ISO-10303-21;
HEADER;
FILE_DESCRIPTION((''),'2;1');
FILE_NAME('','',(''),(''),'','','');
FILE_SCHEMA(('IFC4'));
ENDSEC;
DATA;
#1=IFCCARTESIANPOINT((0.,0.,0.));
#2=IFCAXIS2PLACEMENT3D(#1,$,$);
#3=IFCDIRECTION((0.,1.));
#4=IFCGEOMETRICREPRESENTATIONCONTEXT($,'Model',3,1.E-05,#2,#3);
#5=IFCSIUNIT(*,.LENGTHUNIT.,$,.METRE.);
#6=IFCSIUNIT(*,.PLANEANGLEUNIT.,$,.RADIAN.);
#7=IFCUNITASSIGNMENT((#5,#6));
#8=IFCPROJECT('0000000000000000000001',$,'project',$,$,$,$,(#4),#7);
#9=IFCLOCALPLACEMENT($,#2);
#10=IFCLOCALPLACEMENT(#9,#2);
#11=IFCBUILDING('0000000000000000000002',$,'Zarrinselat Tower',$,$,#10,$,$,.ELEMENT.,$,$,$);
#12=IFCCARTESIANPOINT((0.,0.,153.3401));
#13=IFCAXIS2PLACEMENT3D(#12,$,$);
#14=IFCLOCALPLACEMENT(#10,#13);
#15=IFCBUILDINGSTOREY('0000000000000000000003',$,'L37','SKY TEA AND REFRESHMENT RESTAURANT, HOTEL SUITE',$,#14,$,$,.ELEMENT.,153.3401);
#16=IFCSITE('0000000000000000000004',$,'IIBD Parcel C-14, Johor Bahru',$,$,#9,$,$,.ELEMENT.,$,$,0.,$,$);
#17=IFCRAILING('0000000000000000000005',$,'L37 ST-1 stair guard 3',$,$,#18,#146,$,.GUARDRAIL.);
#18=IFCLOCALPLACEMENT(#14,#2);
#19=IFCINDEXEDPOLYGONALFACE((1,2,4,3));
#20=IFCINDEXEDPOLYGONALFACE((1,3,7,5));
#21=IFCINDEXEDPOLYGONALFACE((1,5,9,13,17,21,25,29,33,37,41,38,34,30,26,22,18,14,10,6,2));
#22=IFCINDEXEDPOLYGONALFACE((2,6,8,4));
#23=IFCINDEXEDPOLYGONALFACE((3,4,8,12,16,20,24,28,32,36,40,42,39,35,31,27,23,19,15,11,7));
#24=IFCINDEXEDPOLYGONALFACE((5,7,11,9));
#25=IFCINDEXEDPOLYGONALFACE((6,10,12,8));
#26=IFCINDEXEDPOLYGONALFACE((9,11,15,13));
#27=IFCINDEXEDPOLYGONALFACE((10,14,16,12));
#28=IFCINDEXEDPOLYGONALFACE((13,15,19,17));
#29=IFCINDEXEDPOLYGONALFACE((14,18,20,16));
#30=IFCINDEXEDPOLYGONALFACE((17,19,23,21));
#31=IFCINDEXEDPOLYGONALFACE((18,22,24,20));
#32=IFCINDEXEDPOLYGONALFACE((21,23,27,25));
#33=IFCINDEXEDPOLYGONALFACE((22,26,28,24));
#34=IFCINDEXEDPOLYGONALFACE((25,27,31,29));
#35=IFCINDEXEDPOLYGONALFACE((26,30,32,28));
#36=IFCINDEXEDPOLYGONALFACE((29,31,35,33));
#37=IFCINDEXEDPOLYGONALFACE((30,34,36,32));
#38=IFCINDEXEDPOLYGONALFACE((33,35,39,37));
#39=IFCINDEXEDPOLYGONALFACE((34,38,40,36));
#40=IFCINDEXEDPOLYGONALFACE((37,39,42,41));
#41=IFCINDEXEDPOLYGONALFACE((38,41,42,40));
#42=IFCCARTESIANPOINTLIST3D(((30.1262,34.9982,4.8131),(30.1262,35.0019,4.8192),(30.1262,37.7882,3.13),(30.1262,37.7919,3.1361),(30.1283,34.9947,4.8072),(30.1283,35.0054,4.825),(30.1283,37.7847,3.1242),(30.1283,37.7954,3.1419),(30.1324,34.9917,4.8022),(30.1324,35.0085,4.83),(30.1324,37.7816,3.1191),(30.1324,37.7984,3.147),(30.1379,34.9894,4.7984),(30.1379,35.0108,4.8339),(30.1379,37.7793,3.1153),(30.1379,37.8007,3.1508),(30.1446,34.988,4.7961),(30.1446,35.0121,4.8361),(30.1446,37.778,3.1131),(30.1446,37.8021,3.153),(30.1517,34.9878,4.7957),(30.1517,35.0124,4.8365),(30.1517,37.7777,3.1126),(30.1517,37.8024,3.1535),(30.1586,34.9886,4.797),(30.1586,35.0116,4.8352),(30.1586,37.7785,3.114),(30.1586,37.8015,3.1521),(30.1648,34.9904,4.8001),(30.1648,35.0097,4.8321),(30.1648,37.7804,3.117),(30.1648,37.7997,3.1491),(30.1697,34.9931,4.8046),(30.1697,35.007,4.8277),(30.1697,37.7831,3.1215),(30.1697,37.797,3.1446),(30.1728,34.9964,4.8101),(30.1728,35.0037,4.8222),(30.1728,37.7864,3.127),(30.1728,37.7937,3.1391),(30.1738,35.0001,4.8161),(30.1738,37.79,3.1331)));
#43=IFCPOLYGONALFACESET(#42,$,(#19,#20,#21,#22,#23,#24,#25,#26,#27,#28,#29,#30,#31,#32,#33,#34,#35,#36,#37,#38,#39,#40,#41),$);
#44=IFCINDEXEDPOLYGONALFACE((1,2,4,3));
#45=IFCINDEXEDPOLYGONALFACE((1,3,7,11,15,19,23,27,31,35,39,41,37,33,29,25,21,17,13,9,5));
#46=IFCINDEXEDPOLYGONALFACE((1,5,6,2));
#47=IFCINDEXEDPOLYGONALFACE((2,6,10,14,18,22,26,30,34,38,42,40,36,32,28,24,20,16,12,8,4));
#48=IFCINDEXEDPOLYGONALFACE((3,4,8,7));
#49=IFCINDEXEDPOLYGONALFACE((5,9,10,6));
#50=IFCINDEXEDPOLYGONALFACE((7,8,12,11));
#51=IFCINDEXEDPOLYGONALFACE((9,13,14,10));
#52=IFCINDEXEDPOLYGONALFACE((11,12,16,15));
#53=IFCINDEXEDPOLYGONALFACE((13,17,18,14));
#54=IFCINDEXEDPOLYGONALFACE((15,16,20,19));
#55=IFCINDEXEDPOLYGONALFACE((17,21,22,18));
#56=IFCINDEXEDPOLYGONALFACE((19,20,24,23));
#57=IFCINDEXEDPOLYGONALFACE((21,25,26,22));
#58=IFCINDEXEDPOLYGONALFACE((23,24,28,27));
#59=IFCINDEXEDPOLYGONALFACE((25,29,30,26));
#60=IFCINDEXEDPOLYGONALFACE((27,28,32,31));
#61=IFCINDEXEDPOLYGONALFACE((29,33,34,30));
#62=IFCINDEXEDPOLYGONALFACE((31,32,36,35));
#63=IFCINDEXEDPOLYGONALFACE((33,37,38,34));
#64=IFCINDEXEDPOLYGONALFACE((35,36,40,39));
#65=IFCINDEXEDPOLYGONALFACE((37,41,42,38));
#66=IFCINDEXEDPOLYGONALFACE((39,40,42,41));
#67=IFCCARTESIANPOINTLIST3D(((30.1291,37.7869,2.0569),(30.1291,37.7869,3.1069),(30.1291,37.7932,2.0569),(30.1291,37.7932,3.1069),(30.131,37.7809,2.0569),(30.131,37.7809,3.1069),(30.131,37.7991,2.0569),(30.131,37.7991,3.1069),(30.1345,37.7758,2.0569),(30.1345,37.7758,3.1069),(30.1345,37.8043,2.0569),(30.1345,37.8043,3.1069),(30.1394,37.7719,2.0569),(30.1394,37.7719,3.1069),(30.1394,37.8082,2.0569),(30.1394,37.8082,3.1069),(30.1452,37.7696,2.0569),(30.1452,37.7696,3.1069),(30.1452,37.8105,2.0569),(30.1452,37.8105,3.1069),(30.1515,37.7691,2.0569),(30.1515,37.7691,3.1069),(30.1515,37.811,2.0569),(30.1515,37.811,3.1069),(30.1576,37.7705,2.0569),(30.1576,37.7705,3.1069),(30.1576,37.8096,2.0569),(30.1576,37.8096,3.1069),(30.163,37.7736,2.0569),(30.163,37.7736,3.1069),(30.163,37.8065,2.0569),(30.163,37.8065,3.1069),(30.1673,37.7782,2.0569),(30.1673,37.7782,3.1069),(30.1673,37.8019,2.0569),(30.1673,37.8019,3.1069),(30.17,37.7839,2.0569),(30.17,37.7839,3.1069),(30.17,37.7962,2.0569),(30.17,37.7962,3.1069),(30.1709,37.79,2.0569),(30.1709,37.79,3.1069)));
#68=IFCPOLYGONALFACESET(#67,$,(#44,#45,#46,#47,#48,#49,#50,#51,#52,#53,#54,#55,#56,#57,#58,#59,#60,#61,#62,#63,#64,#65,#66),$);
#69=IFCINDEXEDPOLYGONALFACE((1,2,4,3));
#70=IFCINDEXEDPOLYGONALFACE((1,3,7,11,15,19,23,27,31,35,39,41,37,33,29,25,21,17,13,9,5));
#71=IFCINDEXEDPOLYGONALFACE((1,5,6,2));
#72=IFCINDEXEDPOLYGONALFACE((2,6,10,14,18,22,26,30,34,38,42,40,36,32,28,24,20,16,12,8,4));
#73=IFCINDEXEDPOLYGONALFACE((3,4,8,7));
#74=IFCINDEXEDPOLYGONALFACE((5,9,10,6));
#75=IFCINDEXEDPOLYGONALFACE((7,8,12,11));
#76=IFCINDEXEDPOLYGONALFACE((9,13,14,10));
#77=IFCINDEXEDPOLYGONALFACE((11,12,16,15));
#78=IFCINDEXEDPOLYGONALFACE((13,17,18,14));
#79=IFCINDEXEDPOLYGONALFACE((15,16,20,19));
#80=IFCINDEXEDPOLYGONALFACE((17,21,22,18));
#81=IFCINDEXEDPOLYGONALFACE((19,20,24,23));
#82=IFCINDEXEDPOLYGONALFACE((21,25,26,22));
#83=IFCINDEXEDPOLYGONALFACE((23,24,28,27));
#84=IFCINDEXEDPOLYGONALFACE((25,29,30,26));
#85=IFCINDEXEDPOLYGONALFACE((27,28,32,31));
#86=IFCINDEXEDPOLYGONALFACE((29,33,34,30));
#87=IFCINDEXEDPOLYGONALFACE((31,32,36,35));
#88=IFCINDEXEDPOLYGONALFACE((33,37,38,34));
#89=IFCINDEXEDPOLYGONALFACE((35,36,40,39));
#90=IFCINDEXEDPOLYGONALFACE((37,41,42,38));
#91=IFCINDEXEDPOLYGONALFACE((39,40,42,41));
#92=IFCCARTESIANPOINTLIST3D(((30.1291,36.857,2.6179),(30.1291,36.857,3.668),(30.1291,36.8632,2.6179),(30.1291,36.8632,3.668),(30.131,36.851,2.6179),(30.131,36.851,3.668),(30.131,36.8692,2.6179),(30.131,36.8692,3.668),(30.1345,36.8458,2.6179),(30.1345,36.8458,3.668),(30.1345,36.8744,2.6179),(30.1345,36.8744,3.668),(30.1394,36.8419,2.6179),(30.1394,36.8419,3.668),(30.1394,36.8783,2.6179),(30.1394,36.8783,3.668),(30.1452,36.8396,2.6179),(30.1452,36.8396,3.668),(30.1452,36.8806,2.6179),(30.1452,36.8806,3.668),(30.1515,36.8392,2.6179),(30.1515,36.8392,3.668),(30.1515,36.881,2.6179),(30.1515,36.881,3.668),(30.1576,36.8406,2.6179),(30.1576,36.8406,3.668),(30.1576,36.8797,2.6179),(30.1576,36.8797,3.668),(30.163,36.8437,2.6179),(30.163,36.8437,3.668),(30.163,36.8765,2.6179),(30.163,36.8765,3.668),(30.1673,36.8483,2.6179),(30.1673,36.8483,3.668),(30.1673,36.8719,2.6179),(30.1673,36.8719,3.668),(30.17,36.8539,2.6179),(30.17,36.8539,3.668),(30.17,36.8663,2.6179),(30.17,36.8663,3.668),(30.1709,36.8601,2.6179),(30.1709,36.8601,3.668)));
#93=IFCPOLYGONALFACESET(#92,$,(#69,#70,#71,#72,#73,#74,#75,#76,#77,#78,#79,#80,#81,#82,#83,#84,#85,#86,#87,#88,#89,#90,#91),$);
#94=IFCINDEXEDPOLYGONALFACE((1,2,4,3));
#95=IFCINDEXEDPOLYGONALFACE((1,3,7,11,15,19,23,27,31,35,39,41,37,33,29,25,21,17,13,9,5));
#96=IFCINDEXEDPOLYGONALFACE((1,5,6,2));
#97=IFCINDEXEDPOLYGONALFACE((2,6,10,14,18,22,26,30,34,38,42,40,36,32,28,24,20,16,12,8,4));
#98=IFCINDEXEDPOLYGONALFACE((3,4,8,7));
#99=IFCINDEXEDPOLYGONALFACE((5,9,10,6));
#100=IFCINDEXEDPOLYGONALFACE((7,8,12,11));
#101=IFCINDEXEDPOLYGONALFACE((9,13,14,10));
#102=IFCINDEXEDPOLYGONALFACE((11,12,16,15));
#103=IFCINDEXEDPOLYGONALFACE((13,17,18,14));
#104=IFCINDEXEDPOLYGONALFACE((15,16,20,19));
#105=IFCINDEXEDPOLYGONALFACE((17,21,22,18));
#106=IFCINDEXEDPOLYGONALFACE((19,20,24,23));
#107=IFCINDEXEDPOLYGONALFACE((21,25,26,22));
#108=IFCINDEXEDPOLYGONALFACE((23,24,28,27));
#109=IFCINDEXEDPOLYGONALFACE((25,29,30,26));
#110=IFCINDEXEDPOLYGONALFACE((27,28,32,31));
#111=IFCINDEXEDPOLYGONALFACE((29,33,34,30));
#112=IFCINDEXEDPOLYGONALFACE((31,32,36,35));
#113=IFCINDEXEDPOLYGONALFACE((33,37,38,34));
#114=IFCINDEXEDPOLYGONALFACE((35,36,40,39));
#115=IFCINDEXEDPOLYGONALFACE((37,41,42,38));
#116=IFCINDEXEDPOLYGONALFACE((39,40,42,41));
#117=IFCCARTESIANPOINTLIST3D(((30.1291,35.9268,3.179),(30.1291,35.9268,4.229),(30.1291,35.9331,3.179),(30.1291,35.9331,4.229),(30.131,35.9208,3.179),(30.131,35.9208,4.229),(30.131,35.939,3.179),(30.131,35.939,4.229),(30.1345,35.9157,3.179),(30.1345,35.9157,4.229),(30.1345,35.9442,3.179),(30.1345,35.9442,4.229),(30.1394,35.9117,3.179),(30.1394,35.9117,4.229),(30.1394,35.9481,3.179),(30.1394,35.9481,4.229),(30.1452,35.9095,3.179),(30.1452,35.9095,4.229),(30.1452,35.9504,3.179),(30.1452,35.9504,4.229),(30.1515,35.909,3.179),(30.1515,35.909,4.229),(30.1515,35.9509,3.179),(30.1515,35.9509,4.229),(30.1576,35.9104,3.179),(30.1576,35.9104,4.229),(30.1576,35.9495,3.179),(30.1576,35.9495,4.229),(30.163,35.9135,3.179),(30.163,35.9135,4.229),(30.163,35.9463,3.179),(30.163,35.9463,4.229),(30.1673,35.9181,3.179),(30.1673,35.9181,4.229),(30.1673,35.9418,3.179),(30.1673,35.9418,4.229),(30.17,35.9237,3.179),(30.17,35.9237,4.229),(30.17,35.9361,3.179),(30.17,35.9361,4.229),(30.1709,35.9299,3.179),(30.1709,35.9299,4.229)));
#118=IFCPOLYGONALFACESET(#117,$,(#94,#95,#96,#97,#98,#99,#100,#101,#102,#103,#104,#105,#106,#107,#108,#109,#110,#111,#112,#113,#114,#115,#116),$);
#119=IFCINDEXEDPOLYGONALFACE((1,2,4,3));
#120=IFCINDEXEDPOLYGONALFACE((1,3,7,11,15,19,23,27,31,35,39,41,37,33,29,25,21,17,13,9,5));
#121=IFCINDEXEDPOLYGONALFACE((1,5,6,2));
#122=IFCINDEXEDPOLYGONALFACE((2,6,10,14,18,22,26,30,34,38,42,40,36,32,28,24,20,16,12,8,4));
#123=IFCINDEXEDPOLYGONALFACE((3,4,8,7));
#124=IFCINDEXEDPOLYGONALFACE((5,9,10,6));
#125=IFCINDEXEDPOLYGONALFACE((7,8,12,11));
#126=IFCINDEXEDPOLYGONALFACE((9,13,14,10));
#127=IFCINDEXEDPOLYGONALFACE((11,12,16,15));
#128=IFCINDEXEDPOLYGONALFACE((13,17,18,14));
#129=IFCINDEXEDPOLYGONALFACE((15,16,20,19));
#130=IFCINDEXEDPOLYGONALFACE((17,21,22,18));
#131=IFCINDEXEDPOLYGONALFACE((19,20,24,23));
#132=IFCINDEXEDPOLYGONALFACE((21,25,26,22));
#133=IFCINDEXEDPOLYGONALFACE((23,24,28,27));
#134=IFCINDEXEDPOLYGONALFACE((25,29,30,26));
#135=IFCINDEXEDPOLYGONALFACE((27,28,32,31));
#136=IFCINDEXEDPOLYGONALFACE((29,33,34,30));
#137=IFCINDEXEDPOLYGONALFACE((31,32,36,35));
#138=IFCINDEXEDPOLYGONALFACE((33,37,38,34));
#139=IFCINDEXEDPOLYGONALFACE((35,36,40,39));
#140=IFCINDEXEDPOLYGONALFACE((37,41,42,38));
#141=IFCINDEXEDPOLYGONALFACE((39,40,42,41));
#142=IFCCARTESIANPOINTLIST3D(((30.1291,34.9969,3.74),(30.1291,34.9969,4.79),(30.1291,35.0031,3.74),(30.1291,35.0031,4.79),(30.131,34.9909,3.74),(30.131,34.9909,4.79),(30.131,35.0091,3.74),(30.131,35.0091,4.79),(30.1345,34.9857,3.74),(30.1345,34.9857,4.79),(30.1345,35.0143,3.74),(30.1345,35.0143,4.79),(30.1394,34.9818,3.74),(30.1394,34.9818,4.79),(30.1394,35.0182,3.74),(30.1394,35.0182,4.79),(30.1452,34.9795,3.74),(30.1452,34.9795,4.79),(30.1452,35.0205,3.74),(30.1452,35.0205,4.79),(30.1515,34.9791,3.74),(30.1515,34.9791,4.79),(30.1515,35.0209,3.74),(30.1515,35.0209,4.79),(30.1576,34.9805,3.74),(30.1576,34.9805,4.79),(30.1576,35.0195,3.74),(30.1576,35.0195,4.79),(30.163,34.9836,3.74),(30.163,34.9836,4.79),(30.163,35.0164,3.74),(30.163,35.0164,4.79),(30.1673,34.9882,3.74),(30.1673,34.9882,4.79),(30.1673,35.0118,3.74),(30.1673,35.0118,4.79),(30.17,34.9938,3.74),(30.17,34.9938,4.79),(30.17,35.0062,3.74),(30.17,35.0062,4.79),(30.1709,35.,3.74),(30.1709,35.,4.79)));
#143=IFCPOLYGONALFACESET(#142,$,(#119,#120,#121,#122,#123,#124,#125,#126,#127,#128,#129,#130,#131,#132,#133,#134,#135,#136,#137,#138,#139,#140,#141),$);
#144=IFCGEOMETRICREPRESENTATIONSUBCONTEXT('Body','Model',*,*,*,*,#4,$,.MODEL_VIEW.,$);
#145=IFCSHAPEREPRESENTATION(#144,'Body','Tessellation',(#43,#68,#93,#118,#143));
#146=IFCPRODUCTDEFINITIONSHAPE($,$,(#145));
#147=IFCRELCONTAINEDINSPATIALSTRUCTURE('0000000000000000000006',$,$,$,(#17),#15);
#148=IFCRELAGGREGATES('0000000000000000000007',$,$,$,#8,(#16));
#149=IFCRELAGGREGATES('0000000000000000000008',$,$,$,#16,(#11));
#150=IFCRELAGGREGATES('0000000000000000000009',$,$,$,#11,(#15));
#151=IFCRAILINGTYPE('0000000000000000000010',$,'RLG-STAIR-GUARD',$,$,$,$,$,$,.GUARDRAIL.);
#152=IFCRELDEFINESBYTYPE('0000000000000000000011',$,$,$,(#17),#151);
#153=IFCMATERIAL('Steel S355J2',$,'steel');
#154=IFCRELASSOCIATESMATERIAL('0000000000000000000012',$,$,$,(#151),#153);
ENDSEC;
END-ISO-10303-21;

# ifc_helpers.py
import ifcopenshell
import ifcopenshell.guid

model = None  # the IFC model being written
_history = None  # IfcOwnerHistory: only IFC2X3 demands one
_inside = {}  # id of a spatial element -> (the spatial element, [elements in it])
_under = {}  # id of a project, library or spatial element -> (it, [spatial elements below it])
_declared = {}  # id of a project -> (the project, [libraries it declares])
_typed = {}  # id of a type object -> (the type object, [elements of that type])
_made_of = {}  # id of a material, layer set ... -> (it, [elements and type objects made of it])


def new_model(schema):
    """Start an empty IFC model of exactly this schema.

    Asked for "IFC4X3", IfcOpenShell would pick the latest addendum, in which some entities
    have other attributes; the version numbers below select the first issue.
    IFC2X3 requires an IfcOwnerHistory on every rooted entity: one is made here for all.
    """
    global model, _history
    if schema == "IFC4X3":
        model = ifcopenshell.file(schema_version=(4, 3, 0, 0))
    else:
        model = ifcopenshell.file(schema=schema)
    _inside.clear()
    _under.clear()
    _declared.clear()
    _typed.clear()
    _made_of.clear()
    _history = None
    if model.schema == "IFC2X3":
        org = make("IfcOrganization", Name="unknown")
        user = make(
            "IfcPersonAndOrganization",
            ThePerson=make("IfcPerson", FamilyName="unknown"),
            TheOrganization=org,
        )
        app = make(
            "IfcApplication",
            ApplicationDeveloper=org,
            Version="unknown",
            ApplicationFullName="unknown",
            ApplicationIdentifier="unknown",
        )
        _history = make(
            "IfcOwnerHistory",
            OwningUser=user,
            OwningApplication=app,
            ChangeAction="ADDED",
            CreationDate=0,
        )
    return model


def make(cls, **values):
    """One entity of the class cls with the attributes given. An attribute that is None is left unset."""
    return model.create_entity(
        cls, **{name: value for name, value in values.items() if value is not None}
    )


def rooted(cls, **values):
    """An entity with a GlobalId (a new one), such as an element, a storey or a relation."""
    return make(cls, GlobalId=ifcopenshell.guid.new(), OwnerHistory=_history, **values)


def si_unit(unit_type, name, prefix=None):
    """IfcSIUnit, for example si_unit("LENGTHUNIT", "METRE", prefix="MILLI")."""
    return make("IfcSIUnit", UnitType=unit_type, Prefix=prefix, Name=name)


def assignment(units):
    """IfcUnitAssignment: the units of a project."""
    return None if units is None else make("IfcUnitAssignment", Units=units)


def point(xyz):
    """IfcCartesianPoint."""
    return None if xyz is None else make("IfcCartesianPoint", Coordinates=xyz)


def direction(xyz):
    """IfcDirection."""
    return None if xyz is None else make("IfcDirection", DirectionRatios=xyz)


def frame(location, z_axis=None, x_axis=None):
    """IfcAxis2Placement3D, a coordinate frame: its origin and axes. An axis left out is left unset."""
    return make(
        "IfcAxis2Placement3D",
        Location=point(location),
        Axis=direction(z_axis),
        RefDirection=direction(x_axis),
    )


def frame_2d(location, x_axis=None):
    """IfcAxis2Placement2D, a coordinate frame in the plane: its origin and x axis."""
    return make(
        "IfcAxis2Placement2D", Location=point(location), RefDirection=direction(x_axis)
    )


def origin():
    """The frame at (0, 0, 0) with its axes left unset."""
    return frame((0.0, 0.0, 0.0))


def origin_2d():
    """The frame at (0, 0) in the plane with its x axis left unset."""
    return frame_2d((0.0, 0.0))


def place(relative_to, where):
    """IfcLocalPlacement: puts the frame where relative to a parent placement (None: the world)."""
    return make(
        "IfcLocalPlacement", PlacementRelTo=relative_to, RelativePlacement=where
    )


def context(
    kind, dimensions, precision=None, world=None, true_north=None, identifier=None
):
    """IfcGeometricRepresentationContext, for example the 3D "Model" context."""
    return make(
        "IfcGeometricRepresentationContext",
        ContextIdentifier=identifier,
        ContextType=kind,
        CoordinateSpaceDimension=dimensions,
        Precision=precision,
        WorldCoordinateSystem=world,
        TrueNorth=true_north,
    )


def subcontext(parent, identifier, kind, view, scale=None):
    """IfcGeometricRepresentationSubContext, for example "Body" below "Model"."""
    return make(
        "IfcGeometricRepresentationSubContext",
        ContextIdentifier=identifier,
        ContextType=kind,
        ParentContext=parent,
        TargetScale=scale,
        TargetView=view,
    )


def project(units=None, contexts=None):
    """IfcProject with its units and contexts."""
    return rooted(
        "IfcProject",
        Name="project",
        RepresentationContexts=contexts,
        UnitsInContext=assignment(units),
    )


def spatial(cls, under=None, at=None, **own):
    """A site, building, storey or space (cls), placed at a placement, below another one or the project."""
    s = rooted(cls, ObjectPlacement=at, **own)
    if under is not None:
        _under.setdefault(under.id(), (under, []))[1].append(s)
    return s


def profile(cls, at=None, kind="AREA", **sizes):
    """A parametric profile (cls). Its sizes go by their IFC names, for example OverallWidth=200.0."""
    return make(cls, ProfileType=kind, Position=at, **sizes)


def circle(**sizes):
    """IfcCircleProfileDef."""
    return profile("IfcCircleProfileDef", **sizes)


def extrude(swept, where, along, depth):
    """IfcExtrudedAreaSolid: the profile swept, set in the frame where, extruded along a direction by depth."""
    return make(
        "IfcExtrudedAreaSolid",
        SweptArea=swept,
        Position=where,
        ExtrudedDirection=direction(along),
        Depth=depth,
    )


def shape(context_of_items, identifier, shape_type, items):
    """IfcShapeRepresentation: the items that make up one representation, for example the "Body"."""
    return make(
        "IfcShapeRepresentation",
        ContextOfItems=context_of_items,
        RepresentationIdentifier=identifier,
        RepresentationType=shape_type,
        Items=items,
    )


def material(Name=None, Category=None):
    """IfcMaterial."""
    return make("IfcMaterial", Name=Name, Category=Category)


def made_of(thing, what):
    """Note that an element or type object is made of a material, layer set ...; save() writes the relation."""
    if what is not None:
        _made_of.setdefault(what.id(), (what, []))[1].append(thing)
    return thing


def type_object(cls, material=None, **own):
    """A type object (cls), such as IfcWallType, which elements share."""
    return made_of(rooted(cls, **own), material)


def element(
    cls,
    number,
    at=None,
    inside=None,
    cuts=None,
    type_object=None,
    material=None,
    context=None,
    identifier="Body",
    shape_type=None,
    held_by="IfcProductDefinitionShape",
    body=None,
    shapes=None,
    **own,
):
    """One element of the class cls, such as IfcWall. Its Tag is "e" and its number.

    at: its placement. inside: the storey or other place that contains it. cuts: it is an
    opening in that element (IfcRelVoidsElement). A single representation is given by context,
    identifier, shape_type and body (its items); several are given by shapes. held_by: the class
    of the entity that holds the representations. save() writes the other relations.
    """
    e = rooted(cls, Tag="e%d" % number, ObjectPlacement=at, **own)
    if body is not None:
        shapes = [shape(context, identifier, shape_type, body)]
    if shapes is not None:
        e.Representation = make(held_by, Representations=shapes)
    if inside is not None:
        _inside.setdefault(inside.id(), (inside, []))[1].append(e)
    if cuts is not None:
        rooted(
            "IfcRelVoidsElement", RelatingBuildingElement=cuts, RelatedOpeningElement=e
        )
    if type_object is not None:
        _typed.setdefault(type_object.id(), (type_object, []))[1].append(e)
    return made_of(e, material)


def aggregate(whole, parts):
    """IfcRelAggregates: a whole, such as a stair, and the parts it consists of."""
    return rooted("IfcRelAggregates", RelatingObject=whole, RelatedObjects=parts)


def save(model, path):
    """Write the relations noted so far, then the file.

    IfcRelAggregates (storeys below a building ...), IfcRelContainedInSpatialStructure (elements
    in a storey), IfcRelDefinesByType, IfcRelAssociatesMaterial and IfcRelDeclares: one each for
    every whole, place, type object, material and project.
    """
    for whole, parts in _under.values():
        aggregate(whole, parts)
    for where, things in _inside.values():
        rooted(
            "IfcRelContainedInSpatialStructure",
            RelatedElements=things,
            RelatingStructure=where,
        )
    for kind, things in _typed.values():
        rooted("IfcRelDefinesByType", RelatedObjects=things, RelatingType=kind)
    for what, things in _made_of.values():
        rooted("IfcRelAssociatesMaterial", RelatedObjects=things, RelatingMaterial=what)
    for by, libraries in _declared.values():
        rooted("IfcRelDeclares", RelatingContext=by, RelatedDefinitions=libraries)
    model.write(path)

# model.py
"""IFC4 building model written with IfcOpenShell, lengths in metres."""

from ifc_helpers import new_model, si_unit, direction, frame, origin, origin_2d, place, context, subcontext, project, spatial, circle, extrude, material, type_object, element, save


model = new_model("IFC4")

# Units and contexts
model_context = context("Model", 3, precision=1e-05, world=origin(), true_north=direction((0.0, 1.0)))
body_context = subcontext(model_context, "Body", "Model", "MODEL_VIEW")
ifc_project = project(units=[si_unit("LENGTHUNIT", "METRE"), si_unit("PLANEANGLEUNIT", "RADIAN")], contexts=[model_context])

# Site, building, storey
site_placement = place(None, origin())
site = spatial("IfcSite", under=ifc_project, at=site_placement, Name="IIBD Parcel C-14, Johor Bahru", CompositionType="ELEMENT", RefElevation=0.0)
building_placement = place(site_placement, origin())
building = spatial("IfcBuilding", under=site, at=building_placement, Name="Zarrinselat Tower", CompositionType="ELEMENT")
storey_placement = place(building_placement, frame((0.0, 0.0, 153.3401)))
storey = spatial("IfcBuildingStorey", under=building, at=storey_placement, Name="L37", Description="SKY TEA AND REFRESHMENT RESTAURANT, HOTEL SUITE", CompositionType="ELEMENT", Elevation=153.3401)

# Railing
ifc_material_1 = material(Name="Steel S355J2", Category="steel")
railing_type_1 = type_object("IfcRailingType", Name="RLG-STAIR-GUARD", PredefinedType="GUARDRAIL", material=ifc_material_1)
railing_1_placement = place(storey_placement, frame((30.1499, 37.79, 2.0569)))
element("IfcRailing", 1, at=railing_1_placement, inside=storey, type_object=railing_type_1, Name="L37 ST-1 stair guard 3", PredefinedType="GUARDRAIL", context=body_context, shape_type="SweptSolid", body=[
    extrude(circle(Radius=0.0239, at=origin_2d()), frame((0.0, 0.0, 1.0762), z_axis=(0.0, -0.856261, 0.516544), x_axis=(1.0, 0.0, 0.0)), (0.0, 0.0, 1.0), 3.2583),
    extrude(circle(Radius=0.021, at=origin_2d()), origin(), (0.0, 0.0, 1.0), 1.05),
    extrude(circle(Radius=0.021, at=origin_2d()), frame((0.0, -0.9299, 0.561)), (0.0, 0.0, 1.0), 1.05),
    extrude(circle(Radius=0.021, at=origin_2d()), frame((0.0, -1.8601, 1.1221)), (0.0, 0.0, 1.0), 1.05),
    extrude(circle(Radius=0.021, at=origin_2d()), frame((0.0, -2.79, 1.6831)), (0.0, 0.0, 1.0), 1.05),
])

save(model, "model.ifc")
